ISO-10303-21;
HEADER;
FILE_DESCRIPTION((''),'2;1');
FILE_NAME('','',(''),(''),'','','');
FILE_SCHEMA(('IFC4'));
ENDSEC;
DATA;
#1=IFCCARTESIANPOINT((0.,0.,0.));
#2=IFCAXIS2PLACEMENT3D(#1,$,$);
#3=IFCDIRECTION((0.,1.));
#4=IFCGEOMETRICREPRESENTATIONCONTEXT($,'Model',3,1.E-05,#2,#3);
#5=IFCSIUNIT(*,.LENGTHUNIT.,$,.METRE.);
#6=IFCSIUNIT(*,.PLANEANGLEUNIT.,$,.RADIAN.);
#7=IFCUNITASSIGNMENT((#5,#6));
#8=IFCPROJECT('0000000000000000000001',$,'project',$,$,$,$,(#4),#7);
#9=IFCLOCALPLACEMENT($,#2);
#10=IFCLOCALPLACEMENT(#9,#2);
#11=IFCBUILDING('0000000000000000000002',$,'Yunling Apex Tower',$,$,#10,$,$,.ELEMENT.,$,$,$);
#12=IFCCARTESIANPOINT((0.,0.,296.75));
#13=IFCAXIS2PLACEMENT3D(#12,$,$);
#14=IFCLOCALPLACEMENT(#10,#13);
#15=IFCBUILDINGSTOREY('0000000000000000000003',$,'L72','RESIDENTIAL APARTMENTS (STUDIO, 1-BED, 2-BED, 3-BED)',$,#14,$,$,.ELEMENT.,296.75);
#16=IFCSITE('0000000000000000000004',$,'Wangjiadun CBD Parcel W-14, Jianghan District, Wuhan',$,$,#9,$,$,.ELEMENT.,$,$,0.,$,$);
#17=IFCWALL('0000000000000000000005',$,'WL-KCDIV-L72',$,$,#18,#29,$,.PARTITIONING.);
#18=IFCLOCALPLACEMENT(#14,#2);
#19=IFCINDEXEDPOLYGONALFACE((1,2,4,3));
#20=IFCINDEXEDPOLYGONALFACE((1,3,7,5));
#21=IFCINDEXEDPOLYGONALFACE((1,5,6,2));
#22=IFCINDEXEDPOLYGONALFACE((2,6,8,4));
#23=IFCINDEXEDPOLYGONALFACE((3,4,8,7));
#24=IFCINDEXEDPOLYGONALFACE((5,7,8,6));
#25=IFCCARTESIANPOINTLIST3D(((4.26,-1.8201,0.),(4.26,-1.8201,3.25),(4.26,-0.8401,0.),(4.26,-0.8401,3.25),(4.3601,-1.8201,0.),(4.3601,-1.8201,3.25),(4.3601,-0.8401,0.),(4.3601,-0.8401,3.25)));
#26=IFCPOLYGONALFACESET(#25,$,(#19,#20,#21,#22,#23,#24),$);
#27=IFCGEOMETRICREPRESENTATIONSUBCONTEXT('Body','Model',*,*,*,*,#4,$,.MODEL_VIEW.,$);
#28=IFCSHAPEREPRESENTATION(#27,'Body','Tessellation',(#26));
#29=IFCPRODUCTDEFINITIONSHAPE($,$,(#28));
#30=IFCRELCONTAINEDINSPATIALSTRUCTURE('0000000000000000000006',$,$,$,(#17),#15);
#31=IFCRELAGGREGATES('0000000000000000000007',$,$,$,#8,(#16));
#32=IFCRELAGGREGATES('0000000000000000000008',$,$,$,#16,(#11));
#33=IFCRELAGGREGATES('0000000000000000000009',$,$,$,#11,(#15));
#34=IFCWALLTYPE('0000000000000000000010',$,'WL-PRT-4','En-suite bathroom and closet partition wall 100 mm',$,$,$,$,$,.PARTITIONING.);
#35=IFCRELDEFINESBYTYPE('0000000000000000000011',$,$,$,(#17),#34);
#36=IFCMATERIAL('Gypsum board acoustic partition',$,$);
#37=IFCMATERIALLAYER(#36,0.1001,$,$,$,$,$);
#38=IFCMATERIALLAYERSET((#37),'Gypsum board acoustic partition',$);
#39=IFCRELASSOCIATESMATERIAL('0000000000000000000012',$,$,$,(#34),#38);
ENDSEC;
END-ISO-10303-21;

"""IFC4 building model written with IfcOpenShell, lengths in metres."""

from ifc_helpers import new_model, si_unit, direction, frame, frame_2d, origin, place, context, subcontext, project, spatial, rectangle, extrude, material, layer, layer_set, type_object, element, save


model = new_model("IFC4")

# Units and contexts
model_context = context("Model", 3, precision=1e-05, world=origin(), true_north=direction((0.0, 1.0)))
body_context = subcontext(model_context, "Body", "Model", "MODEL_VIEW")
ifc_project = project(units=[si_unit("LENGTHUNIT", "METRE"), si_unit("PLANEANGLEUNIT", "RADIAN")], contexts=[model_context])

# Site, building, storey
site_placement = place(None, origin())
site = spatial("IfcSite", under=ifc_project, at=site_placement, Name="Wangjiadun CBD Parcel W-14, Jianghan District, Wuhan", CompositionType="ELEMENT", RefElevation=0.0)
building_placement = place(site_placement, origin())
building = spatial("IfcBuilding", under=site, at=building_placement, Name="Yunling Apex Tower", CompositionType="ELEMENT")
storey_placement = place(building_placement, frame((0.0, 0.0, 296.75)))
storey = spatial("IfcBuildingStorey", under=building, at=storey_placement, Name="L72", Description="RESIDENTIAL APARTMENTS (STUDIO, 1-BED, 2-BED, 3-BED)", CompositionType="ELEMENT", Elevation=296.75)

# Wall
ifc_material_1 = material(Name="Gypsum board acoustic partition")
ifc_layer_1 = layer(ifc_material_1, 0.1001)
ifc_layer_set_1 = layer_set([ifc_layer_1], Name="Gypsum board acoustic partition")
wall_type_1 = type_object("IfcWallType", Name="WL-PRT-4", Description="En-suite bathroom and closet partition wall 100 mm", PredefinedType="PARTITIONING", material=ifc_layer_set_1)
wall_1_placement = place(storey_placement, frame((4.3101, -1.8201, 0.0), z_axis=(0.0, 0.0, 1.0), x_axis=(0.0, 1.0, 0.0)))
element("IfcWall", 1, at=wall_1_placement, inside=storey, type_object=wall_type_1, Name="WL-KCDIV-L72", PredefinedType="PARTITIONING", context=body_context, shape_type="SweptSolid", body=[
    extrude(rectangle(XDim=0.98, YDim=0.1001, at=frame_2d((0.49, 0.0))), origin(), (0.0, 0.0, 1.0), 3.25),
])

save(model, "model.ifc")
